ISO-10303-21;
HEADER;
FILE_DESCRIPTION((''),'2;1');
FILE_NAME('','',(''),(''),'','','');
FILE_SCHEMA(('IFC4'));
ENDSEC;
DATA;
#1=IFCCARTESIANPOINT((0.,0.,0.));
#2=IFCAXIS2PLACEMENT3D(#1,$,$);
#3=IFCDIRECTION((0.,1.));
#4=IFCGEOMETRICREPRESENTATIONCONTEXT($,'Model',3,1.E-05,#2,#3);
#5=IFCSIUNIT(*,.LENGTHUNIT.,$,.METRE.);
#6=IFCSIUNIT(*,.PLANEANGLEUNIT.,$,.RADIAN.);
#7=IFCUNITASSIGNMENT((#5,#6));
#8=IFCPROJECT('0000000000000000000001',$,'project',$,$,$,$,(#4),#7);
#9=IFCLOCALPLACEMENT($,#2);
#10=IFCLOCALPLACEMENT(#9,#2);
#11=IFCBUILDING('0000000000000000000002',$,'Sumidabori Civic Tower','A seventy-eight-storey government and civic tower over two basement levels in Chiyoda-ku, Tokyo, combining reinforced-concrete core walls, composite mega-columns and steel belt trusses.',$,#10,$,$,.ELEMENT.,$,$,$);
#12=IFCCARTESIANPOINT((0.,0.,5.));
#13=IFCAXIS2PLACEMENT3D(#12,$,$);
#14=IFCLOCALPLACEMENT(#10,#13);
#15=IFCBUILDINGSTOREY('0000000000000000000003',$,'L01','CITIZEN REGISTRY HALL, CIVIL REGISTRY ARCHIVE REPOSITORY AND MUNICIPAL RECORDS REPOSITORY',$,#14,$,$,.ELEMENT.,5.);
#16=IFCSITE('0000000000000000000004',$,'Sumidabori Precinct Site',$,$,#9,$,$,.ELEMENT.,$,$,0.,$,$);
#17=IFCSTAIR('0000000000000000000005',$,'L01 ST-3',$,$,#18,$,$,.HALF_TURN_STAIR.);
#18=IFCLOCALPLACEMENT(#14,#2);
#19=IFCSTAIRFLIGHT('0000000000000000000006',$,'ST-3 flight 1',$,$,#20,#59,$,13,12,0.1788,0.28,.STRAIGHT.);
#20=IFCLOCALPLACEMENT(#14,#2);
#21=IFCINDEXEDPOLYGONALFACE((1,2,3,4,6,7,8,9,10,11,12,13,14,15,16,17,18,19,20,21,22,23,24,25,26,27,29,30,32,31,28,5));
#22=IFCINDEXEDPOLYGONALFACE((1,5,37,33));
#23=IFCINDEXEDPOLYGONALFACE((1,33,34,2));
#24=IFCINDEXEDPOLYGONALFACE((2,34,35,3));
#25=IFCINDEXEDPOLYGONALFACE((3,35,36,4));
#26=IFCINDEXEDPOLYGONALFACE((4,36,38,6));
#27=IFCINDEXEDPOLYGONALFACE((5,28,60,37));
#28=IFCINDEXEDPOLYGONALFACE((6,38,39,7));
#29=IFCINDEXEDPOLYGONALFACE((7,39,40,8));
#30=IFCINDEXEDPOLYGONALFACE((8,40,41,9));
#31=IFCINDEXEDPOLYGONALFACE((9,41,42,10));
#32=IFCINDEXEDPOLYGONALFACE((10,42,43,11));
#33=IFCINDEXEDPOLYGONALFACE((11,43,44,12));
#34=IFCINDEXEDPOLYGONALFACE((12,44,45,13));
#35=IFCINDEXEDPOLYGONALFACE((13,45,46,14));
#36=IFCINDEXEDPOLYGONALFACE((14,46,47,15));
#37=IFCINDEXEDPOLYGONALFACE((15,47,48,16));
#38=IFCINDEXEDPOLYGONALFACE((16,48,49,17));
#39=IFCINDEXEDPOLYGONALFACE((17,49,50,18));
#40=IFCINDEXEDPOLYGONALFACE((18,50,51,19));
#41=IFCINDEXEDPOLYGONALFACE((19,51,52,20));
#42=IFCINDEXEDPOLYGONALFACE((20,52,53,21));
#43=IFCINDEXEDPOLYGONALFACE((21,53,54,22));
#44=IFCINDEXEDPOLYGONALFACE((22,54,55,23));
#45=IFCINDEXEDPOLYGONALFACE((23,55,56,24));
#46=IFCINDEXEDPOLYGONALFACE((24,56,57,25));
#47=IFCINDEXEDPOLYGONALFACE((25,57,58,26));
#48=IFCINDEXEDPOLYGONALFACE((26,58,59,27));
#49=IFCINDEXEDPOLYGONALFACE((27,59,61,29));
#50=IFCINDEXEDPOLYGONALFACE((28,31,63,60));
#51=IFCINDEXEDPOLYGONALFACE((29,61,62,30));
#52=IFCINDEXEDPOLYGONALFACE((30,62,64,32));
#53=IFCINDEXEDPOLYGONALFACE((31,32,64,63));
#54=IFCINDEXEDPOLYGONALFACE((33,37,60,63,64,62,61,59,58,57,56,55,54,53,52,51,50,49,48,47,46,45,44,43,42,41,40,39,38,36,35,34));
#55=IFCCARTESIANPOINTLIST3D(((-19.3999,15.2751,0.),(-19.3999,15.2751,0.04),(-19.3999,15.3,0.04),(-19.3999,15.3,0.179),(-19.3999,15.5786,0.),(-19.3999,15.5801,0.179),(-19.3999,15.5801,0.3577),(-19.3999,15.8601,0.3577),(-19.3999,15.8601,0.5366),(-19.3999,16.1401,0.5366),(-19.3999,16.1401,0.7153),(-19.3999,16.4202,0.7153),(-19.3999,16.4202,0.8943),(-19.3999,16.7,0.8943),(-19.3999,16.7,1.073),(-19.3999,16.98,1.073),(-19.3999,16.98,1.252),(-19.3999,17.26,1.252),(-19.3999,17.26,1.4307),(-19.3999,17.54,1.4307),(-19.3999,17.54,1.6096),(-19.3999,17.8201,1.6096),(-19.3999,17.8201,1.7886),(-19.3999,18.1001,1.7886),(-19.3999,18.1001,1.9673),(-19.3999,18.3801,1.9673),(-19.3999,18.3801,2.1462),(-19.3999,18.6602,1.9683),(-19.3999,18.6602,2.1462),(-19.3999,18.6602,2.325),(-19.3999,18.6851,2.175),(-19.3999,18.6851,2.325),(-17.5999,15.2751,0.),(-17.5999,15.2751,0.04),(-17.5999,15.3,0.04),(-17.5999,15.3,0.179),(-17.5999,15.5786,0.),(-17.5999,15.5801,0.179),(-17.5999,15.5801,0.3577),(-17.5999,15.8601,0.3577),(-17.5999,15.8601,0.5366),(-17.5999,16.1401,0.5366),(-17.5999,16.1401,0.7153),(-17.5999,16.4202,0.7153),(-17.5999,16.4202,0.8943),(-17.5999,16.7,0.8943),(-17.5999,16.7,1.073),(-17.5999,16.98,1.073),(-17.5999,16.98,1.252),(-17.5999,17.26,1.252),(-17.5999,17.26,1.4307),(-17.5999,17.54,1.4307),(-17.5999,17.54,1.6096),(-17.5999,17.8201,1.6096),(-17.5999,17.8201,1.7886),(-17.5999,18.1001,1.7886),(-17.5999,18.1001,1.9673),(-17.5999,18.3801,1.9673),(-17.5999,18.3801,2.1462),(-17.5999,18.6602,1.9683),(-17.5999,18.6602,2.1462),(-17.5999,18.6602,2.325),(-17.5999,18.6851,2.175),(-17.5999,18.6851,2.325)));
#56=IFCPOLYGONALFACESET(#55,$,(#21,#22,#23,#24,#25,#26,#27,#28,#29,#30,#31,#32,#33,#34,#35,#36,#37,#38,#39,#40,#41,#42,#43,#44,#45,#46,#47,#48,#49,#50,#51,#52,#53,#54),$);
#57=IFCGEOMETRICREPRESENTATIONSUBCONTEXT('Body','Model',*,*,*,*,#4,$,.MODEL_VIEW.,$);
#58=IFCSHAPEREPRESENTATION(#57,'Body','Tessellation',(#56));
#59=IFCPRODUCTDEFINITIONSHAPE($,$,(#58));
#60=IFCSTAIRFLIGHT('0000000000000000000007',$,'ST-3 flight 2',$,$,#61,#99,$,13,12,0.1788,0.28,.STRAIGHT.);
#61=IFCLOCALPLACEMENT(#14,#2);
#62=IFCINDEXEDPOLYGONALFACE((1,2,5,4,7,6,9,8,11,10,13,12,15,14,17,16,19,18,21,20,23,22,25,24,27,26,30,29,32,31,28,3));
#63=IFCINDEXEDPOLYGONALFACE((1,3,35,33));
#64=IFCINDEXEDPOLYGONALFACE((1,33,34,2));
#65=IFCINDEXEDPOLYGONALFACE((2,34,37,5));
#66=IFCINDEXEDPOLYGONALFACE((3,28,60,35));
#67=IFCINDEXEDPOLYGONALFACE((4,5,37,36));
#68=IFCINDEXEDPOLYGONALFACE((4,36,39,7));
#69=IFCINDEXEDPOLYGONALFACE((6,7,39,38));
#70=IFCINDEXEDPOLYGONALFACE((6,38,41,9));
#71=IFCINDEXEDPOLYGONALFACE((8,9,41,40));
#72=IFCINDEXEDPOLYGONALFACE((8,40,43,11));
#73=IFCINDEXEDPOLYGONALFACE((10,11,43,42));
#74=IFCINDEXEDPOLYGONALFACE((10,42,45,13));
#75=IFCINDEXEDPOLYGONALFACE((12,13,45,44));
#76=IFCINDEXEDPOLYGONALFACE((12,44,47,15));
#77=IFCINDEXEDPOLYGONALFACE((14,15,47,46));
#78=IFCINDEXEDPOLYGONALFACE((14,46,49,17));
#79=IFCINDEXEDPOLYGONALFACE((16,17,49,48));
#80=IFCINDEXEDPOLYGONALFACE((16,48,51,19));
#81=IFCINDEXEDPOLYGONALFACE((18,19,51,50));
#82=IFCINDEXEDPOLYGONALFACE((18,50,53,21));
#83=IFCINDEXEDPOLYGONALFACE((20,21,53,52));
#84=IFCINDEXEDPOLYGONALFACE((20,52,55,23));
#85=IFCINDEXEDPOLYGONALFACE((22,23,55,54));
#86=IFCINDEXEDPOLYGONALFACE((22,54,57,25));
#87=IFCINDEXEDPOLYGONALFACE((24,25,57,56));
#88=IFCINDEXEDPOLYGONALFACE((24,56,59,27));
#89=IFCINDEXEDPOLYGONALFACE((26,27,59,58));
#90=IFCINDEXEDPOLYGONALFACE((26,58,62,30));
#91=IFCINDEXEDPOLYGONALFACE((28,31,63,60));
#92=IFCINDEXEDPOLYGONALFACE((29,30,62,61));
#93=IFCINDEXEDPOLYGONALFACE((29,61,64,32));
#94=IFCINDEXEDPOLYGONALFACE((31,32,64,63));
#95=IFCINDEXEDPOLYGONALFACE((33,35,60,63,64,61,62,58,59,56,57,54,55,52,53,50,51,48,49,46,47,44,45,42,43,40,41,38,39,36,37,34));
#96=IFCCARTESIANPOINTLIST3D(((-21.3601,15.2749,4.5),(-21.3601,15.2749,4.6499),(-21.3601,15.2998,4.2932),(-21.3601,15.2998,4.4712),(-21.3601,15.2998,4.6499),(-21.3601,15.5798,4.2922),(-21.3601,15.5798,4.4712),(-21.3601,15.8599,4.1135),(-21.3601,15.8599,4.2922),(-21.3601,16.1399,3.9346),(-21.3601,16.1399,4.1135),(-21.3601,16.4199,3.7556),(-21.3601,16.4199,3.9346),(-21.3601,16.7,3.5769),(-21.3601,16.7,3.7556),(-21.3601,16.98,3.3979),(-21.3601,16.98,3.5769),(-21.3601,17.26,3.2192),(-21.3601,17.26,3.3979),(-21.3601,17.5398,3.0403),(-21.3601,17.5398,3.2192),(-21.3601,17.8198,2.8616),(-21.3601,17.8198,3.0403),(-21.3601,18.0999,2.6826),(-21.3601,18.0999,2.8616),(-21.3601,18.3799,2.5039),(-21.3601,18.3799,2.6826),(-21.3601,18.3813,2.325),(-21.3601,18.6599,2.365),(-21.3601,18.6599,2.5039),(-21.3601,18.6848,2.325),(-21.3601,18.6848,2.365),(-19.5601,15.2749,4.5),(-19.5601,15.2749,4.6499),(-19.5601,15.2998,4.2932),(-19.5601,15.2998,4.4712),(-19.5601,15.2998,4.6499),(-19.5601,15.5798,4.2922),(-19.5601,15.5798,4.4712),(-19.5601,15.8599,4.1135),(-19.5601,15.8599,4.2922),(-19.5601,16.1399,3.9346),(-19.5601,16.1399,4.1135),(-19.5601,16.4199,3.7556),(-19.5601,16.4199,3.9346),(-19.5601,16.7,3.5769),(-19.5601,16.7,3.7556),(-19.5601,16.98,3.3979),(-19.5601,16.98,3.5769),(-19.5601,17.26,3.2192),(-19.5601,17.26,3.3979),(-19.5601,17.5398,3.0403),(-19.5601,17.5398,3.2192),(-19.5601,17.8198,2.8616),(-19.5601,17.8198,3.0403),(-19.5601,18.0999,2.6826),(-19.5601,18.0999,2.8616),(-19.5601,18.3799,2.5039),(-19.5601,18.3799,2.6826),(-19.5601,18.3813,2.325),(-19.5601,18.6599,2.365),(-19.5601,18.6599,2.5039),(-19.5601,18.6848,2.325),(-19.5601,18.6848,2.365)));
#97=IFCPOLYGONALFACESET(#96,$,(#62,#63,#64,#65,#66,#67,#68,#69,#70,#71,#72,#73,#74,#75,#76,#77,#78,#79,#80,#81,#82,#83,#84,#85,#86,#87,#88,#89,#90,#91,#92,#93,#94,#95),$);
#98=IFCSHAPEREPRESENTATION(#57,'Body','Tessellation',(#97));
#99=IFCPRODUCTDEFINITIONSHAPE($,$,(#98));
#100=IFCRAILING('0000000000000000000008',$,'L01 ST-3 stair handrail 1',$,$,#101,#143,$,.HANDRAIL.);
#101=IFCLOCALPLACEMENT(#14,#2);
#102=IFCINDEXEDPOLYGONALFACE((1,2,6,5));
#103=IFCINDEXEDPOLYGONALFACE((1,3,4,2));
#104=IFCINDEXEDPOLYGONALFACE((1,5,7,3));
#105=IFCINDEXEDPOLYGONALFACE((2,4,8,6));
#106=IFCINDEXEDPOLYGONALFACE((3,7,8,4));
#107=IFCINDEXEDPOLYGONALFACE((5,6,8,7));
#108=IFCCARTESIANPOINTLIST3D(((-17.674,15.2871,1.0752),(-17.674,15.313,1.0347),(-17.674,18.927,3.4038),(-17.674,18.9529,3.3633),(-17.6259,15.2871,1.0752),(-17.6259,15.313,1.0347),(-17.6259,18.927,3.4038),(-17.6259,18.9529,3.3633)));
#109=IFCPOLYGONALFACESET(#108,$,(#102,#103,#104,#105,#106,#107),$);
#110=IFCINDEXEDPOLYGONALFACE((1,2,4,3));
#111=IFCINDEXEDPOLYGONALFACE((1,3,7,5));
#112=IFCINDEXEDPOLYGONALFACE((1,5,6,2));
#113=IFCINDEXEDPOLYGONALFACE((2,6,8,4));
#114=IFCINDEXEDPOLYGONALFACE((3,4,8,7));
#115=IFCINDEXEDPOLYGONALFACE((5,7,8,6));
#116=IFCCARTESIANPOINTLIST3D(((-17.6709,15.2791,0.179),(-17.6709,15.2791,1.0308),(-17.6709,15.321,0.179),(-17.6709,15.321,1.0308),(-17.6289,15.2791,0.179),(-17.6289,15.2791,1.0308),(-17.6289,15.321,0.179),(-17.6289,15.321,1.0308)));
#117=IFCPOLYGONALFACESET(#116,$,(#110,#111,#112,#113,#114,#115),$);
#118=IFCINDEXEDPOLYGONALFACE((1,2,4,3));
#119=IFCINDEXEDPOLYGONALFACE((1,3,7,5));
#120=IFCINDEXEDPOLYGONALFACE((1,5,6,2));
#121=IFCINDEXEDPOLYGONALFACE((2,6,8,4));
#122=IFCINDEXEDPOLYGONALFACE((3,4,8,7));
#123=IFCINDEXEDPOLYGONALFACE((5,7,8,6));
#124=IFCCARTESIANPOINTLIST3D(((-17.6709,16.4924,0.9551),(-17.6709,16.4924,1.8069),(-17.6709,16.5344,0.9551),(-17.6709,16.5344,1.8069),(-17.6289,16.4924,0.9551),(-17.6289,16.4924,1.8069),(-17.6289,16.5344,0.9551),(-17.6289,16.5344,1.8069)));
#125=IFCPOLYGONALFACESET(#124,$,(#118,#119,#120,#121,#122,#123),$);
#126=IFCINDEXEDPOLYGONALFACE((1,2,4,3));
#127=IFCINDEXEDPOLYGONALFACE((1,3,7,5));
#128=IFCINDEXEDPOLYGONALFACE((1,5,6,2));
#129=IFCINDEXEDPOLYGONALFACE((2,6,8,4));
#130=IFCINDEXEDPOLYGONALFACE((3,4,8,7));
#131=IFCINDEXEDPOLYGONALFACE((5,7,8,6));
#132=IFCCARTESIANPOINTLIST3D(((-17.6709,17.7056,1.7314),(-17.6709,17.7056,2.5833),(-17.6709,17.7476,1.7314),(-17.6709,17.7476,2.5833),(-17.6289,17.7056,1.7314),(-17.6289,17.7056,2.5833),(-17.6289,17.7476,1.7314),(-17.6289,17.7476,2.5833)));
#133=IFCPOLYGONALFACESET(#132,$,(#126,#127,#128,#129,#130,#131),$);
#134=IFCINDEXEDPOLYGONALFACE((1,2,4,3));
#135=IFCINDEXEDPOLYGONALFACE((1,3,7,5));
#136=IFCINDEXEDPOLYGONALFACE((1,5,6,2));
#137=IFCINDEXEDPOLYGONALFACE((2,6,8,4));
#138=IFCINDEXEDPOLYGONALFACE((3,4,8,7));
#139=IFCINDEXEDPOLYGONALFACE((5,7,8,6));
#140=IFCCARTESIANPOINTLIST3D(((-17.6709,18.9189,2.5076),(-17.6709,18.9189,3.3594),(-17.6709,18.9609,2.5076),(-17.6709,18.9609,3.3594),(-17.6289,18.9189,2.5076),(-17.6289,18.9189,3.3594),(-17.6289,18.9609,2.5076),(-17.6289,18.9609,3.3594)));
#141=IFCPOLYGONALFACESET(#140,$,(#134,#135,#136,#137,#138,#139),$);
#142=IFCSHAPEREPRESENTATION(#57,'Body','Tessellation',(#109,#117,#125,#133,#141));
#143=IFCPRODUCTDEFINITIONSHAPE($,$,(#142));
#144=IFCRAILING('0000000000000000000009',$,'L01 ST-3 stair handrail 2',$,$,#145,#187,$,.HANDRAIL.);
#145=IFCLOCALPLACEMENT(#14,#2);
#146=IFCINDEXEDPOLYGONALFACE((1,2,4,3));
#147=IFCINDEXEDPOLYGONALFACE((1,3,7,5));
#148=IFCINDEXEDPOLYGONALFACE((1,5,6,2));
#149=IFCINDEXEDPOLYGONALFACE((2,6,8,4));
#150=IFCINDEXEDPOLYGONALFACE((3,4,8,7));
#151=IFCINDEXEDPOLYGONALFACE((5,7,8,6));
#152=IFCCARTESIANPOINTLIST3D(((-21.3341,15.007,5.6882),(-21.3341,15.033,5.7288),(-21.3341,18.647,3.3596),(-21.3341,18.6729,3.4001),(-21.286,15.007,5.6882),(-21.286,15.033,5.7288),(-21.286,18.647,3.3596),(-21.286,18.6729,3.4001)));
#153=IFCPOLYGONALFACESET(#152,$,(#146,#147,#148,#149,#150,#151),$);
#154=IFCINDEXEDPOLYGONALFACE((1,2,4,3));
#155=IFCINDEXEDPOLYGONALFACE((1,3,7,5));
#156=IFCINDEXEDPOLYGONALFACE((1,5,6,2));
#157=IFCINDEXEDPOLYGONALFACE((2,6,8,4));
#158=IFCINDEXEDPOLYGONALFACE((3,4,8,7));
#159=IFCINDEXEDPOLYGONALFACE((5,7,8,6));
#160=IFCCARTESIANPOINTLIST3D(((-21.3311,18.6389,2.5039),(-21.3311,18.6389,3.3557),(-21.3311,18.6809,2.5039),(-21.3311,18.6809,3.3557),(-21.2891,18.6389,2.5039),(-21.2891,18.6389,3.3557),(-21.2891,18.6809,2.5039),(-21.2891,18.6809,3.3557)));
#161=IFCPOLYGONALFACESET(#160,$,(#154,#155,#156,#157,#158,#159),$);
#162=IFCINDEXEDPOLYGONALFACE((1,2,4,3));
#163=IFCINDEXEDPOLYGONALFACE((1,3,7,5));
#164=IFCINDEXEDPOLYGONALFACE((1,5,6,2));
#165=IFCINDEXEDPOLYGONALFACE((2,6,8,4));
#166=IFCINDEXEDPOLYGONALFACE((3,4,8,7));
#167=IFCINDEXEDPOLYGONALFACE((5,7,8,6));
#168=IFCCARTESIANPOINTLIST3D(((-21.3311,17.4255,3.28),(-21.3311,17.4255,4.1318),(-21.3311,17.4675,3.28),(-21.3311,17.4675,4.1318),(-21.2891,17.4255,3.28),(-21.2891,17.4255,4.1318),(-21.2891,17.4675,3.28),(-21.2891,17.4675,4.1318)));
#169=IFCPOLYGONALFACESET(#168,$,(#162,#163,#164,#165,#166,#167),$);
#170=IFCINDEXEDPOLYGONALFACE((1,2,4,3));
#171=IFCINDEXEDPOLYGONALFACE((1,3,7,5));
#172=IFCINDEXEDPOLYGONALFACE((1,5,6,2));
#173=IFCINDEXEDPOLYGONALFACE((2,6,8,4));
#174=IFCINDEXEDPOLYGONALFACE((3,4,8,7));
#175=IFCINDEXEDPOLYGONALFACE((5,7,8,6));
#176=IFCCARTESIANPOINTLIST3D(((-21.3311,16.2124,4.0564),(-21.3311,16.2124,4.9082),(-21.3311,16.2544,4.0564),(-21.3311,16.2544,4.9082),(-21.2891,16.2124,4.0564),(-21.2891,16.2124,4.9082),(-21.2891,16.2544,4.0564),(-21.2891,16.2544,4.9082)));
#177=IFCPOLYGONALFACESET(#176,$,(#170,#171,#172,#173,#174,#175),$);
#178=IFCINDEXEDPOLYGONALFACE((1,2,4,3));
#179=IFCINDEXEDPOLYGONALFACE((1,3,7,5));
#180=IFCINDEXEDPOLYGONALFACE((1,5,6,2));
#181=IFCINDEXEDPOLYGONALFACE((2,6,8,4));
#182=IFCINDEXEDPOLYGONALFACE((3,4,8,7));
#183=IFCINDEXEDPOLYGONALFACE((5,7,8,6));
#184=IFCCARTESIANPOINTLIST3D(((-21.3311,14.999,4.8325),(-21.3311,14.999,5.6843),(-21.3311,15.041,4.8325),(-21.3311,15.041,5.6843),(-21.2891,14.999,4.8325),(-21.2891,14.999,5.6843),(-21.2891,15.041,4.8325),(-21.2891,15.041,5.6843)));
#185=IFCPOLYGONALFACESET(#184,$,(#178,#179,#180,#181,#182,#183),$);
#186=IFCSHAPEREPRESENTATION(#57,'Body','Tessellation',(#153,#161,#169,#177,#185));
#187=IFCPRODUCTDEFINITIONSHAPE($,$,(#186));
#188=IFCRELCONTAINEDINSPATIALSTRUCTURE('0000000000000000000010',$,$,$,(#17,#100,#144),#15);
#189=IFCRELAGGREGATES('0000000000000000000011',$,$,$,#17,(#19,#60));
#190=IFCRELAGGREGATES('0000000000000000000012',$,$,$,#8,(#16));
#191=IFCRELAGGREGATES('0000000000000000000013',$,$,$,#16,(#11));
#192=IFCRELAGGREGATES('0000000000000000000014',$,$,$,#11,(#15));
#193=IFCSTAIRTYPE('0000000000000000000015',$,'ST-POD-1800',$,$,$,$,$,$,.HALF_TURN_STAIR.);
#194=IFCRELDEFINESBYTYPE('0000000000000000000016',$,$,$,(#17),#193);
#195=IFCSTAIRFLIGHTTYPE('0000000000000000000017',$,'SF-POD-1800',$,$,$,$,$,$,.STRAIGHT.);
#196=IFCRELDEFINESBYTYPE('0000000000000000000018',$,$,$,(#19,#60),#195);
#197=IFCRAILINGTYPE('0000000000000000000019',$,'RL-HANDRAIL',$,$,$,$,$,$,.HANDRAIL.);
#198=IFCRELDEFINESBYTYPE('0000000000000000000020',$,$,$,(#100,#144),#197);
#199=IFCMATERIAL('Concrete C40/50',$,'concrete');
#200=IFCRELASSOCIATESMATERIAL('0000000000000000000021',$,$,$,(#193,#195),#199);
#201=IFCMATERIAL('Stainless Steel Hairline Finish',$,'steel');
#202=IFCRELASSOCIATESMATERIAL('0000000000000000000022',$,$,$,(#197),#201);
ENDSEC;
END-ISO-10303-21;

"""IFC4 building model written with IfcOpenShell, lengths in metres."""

from ifc_helpers import new_model, si_unit, direction, frame, origin, origin_2d, place, context, subcontext, project, spatial, polyline, rectangle, outline, extrude, source, transform, mapped, material, type_object, element, aggregate, save


model = new_model("IFC4")

# Units and contexts
model_context = context("Model", 3, precision=1e-05, world=origin(), true_north=direction((0.0, 1.0)))
body_context = subcontext(model_context, "Body", "Model", "MODEL_VIEW")
ifc_project = project(units=[si_unit("LENGTHUNIT", "METRE"), si_unit("PLANEANGLEUNIT", "RADIAN")], contexts=[model_context])

# Site, building, storey
site_placement = place(None, origin())
site = spatial("IfcSite", under=ifc_project, at=site_placement, Name="Sumidabori Precinct Site", CompositionType="ELEMENT", RefElevation=0.0)
building_placement = place(site_placement, origin())
building = spatial("IfcBuilding", under=site, at=building_placement, Name="Sumidabori Civic Tower", Description="A seventy-eight-storey government and civic tower over two basement levels in Chiyoda-ku, Tokyo, combining reinforced-concrete core walls, composite mega-columns and steel belt trusses.", CompositionType="ELEMENT")
storey_placement = place(building_placement, frame((0.0, 0.0, 5.0)))
storey = spatial("IfcBuildingStorey", under=building, at=storey_placement, Name="L01", Description="CITIZEN REGISTRY HALL, CIVIL REGISTRY ARCHIVE REPOSITORY AND MUNICIPAL RECORDS REPOSITORY", CompositionType="ELEMENT", Elevation=5.0)

# Stair, stair flights
ifc_material_1 = material(Name="Concrete C40/50", Category="concrete")
stair_type = type_object("IfcStairType", Name="ST-POD-1800", PredefinedType="HALF_TURN_STAIR", material=ifc_material_1)
stair_placement = place(storey_placement, origin())
stair = element("IfcStair", 1, at=stair_placement, inside=storey, type_object=stair_type, Name="L01 ST-3", PredefinedType="HALF_TURN_STAIR")
stair_flight_type = type_object("IfcStairFlightType", Name="SF-POD-1800", PredefinedType="STRAIGHT", material=ifc_material_1)
shared_shape_1 = source(origin(), body_context, "Body", "SweptSolid", [
    extrude(outline(polyline([(-0.0249, 0.0), (-0.0249, 0.04), (0.0, 0.04), (0.0, 0.179), (0.28, 0.179), (0.28, 0.3577), (0.5601, 0.3577), (0.5601, 0.5366), (0.8401, 0.5366), (0.8401, 0.7153), (1.1201, 0.7153), (1.1201, 0.8943), (1.3999, 0.8943), (1.3999, 1.073), (1.6799, 1.073), (1.6799, 1.252), (1.96, 1.252), (1.96, 1.4307), (2.24, 1.4307), (2.24, 1.6096), (2.52, 1.6096), (2.52, 1.7886), (2.8, 1.7886), (2.8, 1.9673), (3.0801, 1.9673), (3.0801, 2.1462), (3.3601, 2.1462), (3.3601, 2.325), (3.385, 2.325), (3.385, 2.175), (3.3601, 1.9683), (0.2786, 0.0), (-0.0249, 0.0)])), frame((0.0, 0.8999, 0.0), z_axis=(0.0, -1.0, 0.0), x_axis=(1.0, 0.0, 0.0)), (0.0, 0.0, 1.0), 1.8),
])
stair_flight_1_placement = place(storey_placement, frame((-18.5, 15.3, 0.0), z_axis=(0.0, 0.0, 1.0), x_axis=(0.0, 1.0, 0.0)))
stair_flight_1 = element("IfcStairFlight", 2, at=stair_flight_1_placement, type_object=stair_flight_type, Name="ST-3 flight 1", NumberOfRisers=13, NumberOfTreads=12, PredefinedType="STRAIGHT", RiserHeight=0.1788, TreadLength=0.28, context=body_context, shape_type="MappedRepresentation", body=[
    mapped(shared_shape_1, transform((0.0, 0.0, 0.0), x_axis=(1.0, 0.0, 0.0), y_axis=(0.0, 1.0, 0.0), z_axis=(0.0, 0.0, 1.0), scale=1.0)),
])
stair_flight_2_placement = place(storey_placement, frame((-20.46, 18.6599, 2.325), z_axis=(0.0, 0.0, 1.0), x_axis=(0.0, -1.0, 0.0)))
stair_flight_2 = element("IfcStairFlight", 3, at=stair_flight_2_placement, type_object=stair_flight_type, Name="ST-3 flight 2", NumberOfRisers=13, NumberOfTreads=12, PredefinedType="STRAIGHT", RiserHeight=0.1788, TreadLength=0.28, context=body_context, shape_type="MappedRepresentation", body=[
    mapped(shared_shape_1, transform((0.0, 0.0, 0.0), x_axis=(1.0, 0.0, 0.0), y_axis=(0.0, 1.0, 0.0), z_axis=(0.0, 0.0, 1.0), scale=1.0)),
])
aggregate(stair, [stair_flight_1, stair_flight_2])

# Railings
ifc_material_2 = material(Name="Stainless Steel Hairline Finish", Category="steel")
railing_type_1 = type_object("IfcRailingType", Name="RL-HANDRAIL", PredefinedType="HANDRAIL", material=ifc_material_2)
railing_1_placement = place(storey_placement, frame((-17.6499, 15.3, 0.179)))
element("IfcRailing", 4, at=railing_1_placement, inside=storey, type_object=railing_type_1, Name="L01 ST-3 stair handrail 1", PredefinedType="HANDRAIL", context=body_context, shape_type="SweptSolid", body=[
    extrude(rectangle(XDim=0.0481, YDim=0.0481, at=origin_2d()), frame((0.0, 0.0, 0.876), z_axis=(0.0, 0.842368, 0.538903), x_axis=(-1.0, 0.0, 0.0)), (0.0, 0.0, 1.0), 4.321),
    extrude(rectangle(XDim=0.042, YDim=0.042, at=origin_2d()), origin(), (0.0, 0.0, 1.0), 0.8518),
    extrude(rectangle(XDim=0.042, YDim=0.042, at=origin_2d()), frame((0.0, 1.2134, 0.7761)), (0.0, 0.0, 1.0), 0.8518),
    extrude(rectangle(XDim=0.042, YDim=0.042, at=origin_2d()), frame((0.0, 2.4265, 1.5525)), (0.0, 0.0, 1.0), 0.8518),
    extrude(rectangle(XDim=0.042, YDim=0.042, at=origin_2d()), frame((0.0, 3.6399, 2.3286)), (0.0, 0.0, 1.0), 0.8518),
])
railing_2_placement = place(storey_placement, frame((-21.3101, 18.6599, 2.5039)))
element("IfcRailing", 5, at=railing_2_placement, inside=storey, type_object=railing_type_1, Name="L01 ST-3 stair handrail 2", PredefinedType="HANDRAIL", context=body_context, shape_type="SweptSolid", body=[
    extrude(rectangle(XDim=0.0481, YDim=0.0481, at=origin_2d()), frame((0.0, 0.0, 0.876), z_axis=(0.0, -0.842368, 0.538903), x_axis=(1.0, 0.0, 0.0)), (0.0, 0.0, 1.0), 4.321),
    extrude(rectangle(XDim=0.042, YDim=0.042, at=origin_2d()), origin(), (0.0, 0.0, 1.0), 0.8518),
    extrude(rectangle(XDim=0.042, YDim=0.042, at=origin_2d()), frame((0.0, -1.2134, 0.7761)), (0.0, 0.0, 1.0), 0.8518),
    extrude(rectangle(XDim=0.042, YDim=0.042, at=origin_2d()), frame((0.0, -2.4265, 1.5525)), (0.0, 0.0, 1.0), 0.8518),
    extrude(rectangle(XDim=0.042, YDim=0.042, at=origin_2d()), frame((0.0, -3.6399, 2.3286)), (0.0, 0.0, 1.0), 0.8518),
])

save(model, "model.ifc")
